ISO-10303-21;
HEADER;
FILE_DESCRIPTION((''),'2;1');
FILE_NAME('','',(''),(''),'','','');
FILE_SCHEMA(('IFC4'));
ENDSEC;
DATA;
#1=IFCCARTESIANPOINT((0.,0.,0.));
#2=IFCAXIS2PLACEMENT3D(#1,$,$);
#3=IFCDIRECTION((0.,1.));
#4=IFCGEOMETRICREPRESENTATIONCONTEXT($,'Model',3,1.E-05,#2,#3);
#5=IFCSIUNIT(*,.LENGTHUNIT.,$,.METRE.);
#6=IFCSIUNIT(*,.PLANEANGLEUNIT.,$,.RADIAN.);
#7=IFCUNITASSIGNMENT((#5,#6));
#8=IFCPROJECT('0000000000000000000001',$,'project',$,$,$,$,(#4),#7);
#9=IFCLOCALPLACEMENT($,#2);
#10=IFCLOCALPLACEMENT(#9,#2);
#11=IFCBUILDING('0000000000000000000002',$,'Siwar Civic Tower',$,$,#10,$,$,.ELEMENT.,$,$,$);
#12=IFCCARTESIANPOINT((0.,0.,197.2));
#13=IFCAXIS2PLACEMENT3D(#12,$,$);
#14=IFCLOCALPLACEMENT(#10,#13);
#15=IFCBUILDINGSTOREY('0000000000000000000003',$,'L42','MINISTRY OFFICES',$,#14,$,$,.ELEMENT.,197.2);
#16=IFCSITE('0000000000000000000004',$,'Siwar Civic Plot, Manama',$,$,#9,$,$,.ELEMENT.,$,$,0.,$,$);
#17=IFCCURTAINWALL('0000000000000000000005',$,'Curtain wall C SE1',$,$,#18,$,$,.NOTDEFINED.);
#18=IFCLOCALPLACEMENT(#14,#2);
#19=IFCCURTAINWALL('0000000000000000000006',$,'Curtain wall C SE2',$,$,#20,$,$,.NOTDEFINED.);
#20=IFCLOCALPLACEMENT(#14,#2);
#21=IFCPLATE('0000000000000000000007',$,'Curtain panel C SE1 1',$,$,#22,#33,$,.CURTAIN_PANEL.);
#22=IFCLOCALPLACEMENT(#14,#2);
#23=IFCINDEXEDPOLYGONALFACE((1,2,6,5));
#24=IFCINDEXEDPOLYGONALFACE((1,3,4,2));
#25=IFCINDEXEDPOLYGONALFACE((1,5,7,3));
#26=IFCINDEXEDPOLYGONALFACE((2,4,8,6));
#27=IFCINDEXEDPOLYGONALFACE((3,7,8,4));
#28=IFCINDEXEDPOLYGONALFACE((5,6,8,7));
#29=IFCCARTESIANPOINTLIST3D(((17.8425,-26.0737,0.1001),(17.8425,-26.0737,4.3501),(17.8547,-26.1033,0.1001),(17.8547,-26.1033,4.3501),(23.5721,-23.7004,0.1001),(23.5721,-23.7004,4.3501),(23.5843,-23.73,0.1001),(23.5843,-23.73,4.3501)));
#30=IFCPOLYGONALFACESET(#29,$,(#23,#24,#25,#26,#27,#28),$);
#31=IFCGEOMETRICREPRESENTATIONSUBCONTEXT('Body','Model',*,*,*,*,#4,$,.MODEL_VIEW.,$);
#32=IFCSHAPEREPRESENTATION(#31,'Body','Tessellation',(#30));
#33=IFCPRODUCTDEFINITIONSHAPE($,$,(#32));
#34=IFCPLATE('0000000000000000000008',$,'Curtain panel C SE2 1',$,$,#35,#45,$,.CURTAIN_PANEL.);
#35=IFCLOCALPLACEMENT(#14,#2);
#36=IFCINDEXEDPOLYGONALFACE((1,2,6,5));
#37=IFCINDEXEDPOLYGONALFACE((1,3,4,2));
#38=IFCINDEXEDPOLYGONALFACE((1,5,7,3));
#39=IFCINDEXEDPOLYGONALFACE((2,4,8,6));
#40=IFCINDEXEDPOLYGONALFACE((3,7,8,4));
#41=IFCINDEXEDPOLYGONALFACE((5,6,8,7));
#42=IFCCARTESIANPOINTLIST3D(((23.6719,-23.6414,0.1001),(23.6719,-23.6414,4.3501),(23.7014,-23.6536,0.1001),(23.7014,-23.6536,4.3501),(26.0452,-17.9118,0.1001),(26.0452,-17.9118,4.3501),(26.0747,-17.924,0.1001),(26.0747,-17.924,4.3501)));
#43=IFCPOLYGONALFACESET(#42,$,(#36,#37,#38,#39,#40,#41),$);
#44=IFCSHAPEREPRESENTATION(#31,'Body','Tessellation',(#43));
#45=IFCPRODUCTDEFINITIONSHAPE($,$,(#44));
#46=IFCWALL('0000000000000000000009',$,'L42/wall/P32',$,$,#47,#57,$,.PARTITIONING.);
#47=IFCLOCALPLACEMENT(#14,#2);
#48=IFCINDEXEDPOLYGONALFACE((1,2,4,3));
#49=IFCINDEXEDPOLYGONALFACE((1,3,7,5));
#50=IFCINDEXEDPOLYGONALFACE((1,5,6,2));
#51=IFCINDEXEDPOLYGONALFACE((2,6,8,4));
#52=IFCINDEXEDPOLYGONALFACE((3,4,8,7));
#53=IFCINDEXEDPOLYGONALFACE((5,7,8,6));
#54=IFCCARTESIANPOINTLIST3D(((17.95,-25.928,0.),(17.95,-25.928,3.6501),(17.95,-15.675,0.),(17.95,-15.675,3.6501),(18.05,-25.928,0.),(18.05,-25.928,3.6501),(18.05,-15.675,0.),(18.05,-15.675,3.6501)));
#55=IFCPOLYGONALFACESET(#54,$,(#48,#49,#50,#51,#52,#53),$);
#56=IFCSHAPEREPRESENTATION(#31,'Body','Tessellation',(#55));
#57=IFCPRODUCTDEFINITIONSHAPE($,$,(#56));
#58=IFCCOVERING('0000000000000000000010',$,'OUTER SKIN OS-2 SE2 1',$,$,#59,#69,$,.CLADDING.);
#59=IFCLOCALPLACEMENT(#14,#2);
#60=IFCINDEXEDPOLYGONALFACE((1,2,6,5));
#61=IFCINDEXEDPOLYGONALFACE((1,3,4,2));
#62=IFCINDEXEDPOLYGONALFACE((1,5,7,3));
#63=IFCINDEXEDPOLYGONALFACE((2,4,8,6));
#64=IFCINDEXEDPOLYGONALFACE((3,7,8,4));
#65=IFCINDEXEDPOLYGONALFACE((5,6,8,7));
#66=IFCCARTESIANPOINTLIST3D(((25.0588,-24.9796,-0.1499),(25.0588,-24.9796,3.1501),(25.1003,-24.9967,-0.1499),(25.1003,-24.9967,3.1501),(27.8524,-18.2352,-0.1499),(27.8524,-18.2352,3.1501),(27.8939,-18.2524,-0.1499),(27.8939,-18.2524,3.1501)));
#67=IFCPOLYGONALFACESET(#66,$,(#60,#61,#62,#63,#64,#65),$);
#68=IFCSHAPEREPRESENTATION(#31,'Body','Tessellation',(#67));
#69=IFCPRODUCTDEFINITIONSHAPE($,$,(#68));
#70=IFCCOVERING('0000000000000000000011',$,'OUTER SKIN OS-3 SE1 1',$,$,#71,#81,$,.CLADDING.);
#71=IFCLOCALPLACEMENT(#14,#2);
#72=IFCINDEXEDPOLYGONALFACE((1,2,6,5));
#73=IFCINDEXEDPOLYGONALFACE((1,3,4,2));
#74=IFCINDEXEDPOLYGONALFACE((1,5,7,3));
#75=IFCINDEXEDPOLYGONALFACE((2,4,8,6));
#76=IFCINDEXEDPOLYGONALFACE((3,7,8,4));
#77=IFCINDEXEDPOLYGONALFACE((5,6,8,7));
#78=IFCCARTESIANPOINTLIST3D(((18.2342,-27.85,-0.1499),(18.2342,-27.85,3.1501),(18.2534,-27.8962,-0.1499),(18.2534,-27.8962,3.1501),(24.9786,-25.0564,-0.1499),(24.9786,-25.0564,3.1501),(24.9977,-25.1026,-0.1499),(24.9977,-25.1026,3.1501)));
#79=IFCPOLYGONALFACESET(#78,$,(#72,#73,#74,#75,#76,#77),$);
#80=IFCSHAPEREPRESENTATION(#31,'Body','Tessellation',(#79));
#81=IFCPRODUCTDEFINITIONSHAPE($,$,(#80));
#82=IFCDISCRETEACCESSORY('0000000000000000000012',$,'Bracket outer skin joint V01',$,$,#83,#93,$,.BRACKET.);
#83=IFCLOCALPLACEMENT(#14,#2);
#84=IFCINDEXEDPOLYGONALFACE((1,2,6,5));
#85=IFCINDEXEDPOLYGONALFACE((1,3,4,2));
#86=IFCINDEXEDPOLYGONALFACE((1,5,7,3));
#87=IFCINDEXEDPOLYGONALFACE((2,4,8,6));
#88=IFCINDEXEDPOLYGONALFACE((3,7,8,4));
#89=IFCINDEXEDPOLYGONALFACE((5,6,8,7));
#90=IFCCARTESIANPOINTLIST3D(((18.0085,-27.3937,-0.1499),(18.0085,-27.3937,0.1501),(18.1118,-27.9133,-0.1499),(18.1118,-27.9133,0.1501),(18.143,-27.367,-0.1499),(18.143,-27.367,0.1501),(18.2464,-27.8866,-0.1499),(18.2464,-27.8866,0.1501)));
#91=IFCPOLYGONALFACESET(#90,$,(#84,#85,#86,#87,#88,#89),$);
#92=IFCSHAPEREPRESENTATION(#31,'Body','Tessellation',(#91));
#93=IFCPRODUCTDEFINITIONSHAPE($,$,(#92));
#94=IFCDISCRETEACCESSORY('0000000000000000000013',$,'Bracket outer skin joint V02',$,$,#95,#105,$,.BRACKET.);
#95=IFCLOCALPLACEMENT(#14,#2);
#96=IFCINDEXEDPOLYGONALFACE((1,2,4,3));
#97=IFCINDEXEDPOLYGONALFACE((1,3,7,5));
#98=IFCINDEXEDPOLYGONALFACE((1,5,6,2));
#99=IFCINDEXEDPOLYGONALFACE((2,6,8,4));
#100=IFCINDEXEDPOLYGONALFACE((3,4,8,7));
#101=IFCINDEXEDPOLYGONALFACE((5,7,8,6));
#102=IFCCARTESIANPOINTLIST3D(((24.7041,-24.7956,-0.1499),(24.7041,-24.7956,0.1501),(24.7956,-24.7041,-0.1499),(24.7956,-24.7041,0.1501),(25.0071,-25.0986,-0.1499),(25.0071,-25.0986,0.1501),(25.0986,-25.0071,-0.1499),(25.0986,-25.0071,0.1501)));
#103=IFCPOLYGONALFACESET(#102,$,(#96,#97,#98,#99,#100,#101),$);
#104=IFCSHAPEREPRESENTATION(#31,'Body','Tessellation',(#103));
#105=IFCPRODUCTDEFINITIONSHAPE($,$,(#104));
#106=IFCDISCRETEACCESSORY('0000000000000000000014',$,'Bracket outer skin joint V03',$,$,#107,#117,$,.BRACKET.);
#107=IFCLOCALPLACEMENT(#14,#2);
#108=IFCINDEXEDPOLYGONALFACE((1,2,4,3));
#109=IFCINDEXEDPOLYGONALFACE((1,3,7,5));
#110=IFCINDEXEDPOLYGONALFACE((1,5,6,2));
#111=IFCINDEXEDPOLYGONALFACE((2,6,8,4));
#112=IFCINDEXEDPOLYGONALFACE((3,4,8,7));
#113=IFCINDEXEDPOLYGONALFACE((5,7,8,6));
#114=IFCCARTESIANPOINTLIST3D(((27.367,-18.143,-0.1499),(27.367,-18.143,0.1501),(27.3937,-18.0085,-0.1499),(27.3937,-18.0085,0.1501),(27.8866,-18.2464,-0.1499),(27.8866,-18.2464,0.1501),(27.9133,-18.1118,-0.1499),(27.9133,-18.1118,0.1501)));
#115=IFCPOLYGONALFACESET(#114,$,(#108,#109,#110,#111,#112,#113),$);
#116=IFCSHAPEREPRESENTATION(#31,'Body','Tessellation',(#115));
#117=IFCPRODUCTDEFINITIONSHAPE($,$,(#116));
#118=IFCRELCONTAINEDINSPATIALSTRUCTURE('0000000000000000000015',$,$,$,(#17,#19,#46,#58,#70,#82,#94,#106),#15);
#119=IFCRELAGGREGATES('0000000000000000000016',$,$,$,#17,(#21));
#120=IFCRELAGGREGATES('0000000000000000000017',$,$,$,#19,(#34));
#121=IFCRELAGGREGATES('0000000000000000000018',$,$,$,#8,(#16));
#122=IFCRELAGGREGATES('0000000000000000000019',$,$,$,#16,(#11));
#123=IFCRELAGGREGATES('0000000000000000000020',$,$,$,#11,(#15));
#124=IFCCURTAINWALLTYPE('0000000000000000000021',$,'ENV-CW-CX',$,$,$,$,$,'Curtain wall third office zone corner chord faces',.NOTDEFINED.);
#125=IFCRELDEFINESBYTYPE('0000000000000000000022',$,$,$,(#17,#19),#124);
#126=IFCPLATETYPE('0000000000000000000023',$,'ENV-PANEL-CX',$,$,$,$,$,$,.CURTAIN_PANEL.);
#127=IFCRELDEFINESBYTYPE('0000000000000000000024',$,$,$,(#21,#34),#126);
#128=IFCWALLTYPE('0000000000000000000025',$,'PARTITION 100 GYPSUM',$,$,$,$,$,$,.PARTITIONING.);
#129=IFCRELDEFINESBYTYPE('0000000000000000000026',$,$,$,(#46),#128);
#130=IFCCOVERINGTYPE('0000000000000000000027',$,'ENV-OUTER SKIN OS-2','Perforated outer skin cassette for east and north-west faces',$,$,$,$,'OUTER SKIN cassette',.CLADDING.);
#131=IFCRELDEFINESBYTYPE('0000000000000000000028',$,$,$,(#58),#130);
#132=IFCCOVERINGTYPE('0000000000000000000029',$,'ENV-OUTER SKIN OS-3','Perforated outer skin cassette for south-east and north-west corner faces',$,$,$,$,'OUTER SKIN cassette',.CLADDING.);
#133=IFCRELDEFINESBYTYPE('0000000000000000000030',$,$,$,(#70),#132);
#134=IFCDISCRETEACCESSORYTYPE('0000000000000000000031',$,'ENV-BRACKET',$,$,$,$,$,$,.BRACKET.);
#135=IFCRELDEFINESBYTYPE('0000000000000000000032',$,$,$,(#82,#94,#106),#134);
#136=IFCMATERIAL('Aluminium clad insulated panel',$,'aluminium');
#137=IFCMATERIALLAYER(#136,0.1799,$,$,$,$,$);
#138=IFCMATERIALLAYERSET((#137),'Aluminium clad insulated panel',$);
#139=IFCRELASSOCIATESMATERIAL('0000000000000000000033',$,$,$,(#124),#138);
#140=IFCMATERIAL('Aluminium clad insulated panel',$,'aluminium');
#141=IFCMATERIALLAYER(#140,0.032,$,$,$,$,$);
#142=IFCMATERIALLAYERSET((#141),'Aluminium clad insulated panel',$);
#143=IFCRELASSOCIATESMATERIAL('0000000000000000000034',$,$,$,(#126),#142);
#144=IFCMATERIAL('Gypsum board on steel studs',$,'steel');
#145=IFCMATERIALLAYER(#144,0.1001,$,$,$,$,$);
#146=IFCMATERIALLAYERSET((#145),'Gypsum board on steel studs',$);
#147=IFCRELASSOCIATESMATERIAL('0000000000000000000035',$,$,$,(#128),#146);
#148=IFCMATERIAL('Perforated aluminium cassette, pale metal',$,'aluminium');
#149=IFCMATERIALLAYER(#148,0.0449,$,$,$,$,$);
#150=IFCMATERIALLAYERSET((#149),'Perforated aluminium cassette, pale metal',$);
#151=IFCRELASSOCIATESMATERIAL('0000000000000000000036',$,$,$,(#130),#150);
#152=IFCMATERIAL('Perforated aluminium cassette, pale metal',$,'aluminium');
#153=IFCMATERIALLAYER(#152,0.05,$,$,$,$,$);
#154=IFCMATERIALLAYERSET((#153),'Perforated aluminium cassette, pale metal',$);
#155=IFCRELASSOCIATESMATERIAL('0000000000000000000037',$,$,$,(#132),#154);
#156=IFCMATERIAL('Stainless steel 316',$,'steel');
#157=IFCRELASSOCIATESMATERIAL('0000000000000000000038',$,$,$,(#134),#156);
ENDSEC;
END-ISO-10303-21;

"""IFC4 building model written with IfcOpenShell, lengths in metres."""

from ifc_helpers import new_model, si_unit, direction, frame, frame_2d, origin, origin_2d, place, context, subcontext, project, spatial, rectangle, extrude, material, layer, layer_set, type_object, element, aggregate, save


model = new_model("IFC4")

# Units and contexts
model_context = context("Model", 3, precision=1e-05, world=origin(), true_north=direction((0.0, 1.0)))
body_context = subcontext(model_context, "Body", "Model", "MODEL_VIEW")
ifc_project = project(units=[si_unit("LENGTHUNIT", "METRE"), si_unit("PLANEANGLEUNIT", "RADIAN")], contexts=[model_context])

# Site, building, storey
site_placement = place(None, origin())
site = spatial("IfcSite", under=ifc_project, at=site_placement, Name="Siwar Civic Plot, Manama", CompositionType="ELEMENT", RefElevation=0.0)
building_placement = place(site_placement, origin())
building = spatial("IfcBuilding", under=site, at=building_placement, Name="Siwar Civic Tower", CompositionType="ELEMENT")
storey_placement = place(building_placement, frame((0.0, 0.0, 197.2)))
storey = spatial("IfcBuildingStorey", under=building, at=storey_placement, Name="L42", Description="MINISTRY OFFICES", CompositionType="ELEMENT", Elevation=197.2)

# Curtain walls
ifc_material_1 = material(Name="Aluminium clad insulated panel", Category="aluminium")
ifc_layer_1 = layer(ifc_material_1, 0.1799)
ifc_layer_set_1 = layer_set([ifc_layer_1], Name="Aluminium clad insulated panel")
curtain_wall_type = type_object("IfcCurtainWallType", Name="ENV-CW-CX", ElementType="Curtain wall third office zone corner chord faces", PredefinedType="NOTDEFINED", material=ifc_layer_set_1)
curtain_wall_1_placement = place(storey_placement, origin())
curtain_wall_1 = element("IfcCurtainWall", 1, at=curtain_wall_1_placement, inside=storey, type_object=curtain_wall_type, Name="Curtain wall C SE1", PredefinedType="NOTDEFINED")
curtain_wall_2_placement = place(storey_placement, origin())
curtain_wall_2 = element("IfcCurtainWall", 2, at=curtain_wall_2_placement, inside=storey, type_object=curtain_wall_type, Name="Curtain wall C SE2", PredefinedType="NOTDEFINED")

# Plates
ifc_material_2 = material(Name="Aluminium clad insulated panel", Category="aluminium")
ifc_layer_2 = layer(ifc_material_2, 0.032)
ifc_layer_set_2 = layer_set([ifc_layer_2], Name="Aluminium clad insulated panel")
plate_type = type_object("IfcPlateType", Name="ENV-PANEL-CX", PredefinedType="CURTAIN_PANEL", material=ifc_layer_set_2)
plate_1_placement = place(storey_placement, frame((20.7134, -24.9019, 0.1001), z_axis=(0.0, 0.0, 1.0), x_axis=(0.92388, 0.382683, 0.0)))
plate_1 = element("IfcPlate", 3, at=plate_1_placement, type_object=plate_type, Name="Curtain panel C SE1 1", PredefinedType="CURTAIN_PANEL", context=body_context, shape_type="SweptSolid", body=[
    extrude(rectangle(XDim=6.2017, YDim=0.032, at=origin_2d()), origin(), (0.0, 0.0, 1.0), 4.25),
])
aggregate(curtain_wall_1, [plate_1])
plate_2_placement = place(storey_placement, frame((24.8733, -20.7827, 0.1001), z_axis=(0.0, 0.0, 1.0), x_axis=(0.382683, 0.92388, 0.0)))
plate_2 = element("IfcPlate", 4, at=plate_2_placement, type_object=plate_type, Name="Curtain panel C SE2 1", PredefinedType="CURTAIN_PANEL", context=body_context, shape_type="SweptSolid", body=[
    extrude(rectangle(XDim=6.2017, YDim=0.032, at=origin_2d()), origin(), (0.0, 0.0, 1.0), 4.25),
])
aggregate(curtain_wall_2, [plate_2])

# Wall
ifc_material_3 = material(Name="Gypsum board on steel studs", Category="steel")
ifc_layer_3 = layer(ifc_material_3, 0.1001)
ifc_layer_set_3 = layer_set([ifc_layer_3], Name="Gypsum board on steel studs")
wall_type = type_object("IfcWallType", Name="PARTITION 100 GYPSUM", PredefinedType="PARTITIONING", material=ifc_layer_set_3)
wall_placement = place(storey_placement, frame((18.0, -25.928, 0.0), z_axis=(0.0, 0.0, 1.0), x_axis=(0.0, 1.0, 0.0)))
element("IfcWall", 5, at=wall_placement, inside=storey, type_object=wall_type, Name="L42/wall/P32", PredefinedType="PARTITIONING", context=body_context, shape_type="SweptSolid", body=[
    extrude(rectangle(XDim=10.2529, YDim=0.1001, at=frame_2d((5.1265, 0.0))), origin(), (0.0, 0.0, 1.0), 3.6501),
])

# Coverings
ifc_material_4 = material(Name="Perforated aluminium cassette, pale metal", Category="aluminium")
ifc_layer_4 = layer(ifc_material_4, 0.0449)
ifc_layer_set_4 = layer_set([ifc_layer_4], Name="Perforated aluminium cassette, pale metal")
covering_type_1 = type_object("IfcCoveringType", Name="ENV-OUTER SKIN OS-2", Description="Perforated outer skin cassette for east and north-west faces", ElementType="OUTER SKIN cassette", PredefinedType="CLADDING", material=ifc_layer_set_4)
covering_1_placement = place(storey_placement, frame((26.4763, -21.616, -0.1499), z_axis=(0.0, 0.0, 1.0), x_axis=(0.382683, 0.92388, 0.0)))
element("IfcCovering", 6, at=covering_1_placement, inside=storey, type_object=covering_type_1, Name="OUTER SKIN OS-2 SE2 1", PredefinedType="CLADDING", context=body_context, shape_type="SweptSolid", body=[
    extrude(rectangle(XDim=7.3, YDim=0.0449, at=origin_2d()), origin(), (0.0, 0.0, 1.0), 3.3),
])
ifc_material_5 = material(Name="Perforated aluminium cassette, pale metal", Category="aluminium")
ifc_layer_5 = layer(ifc_material_5, 0.05)
ifc_layer_set_5 = layer_set([ifc_layer_5], Name="Perforated aluminium cassette, pale metal")
covering_type_2 = type_object("IfcCoveringType", Name="ENV-OUTER SKIN OS-3", Description="Perforated outer skin cassette for south-east and north-west corner faces", ElementType="OUTER SKIN cassette", PredefinedType="CLADDING", material=ifc_layer_set_5)
covering_2_placement = place(storey_placement, frame((21.616, -26.4763, -0.1499), z_axis=(0.0, 0.0, 1.0), x_axis=(0.92388, 0.382683, 0.0)))
element("IfcCovering", 7, at=covering_2_placement, inside=storey, type_object=covering_type_2, Name="OUTER SKIN OS-3 SE1 1", PredefinedType="CLADDING", context=body_context, shape_type="SweptSolid", body=[
    extrude(rectangle(XDim=7.3, YDim=0.05, at=origin_2d()), origin(), (0.0, 0.0, 1.0), 3.3),
])

# Discrete accessories
ifc_material_6 = material(Name="Stainless steel 316", Category="steel")
discrete_accessory_type = type_object("IfcDiscreteAccessoryType", Name="ENV-BRACKET", PredefinedType="BRACKET", material=ifc_material_6)
discrete_accessory_1_placement = place(storey_placement, frame((18.1274, -27.6401, -0.1499), z_axis=(0.0, 0.0, 1.0), x_axis=(0.19509, -0.980785, 0.0)))
element("IfcDiscreteAccessory", 8, at=discrete_accessory_1_placement, inside=storey, type_object=discrete_accessory_type, Name="Bracket outer skin joint V01", PredefinedType="BRACKET", context=body_context, shape_type="SweptSolid", body=[
    extrude(rectangle(XDim=0.5298, YDim=0.1372, at=origin_2d()), origin(), (0.0, 0.0, 1.0), 0.3),
])
discrete_accessory_2_placement = place(storey_placement, frame((24.9014, -24.9014, -0.1499), z_axis=(0.0, 0.0, 1.0), x_axis=(0.707107, -0.707107, 0.0)))
element("IfcDiscreteAccessory", 9, at=discrete_accessory_2_placement, inside=storey, type_object=discrete_accessory_type, Name="Bracket outer skin joint V02", PredefinedType="BRACKET", context=body_context, shape_type="SweptSolid", body=[
    extrude(rectangle(XDim=0.4285, YDim=0.1294, at=origin_2d()), origin(), (0.0, 0.0, 1.0), 0.3),
])
discrete_accessory_3_placement = place(storey_placement, frame((27.6401, -18.1274, -0.1499), z_axis=(0.0, 0.0, 1.0), x_axis=(0.980785, -0.19509, 0.0)))
element("IfcDiscreteAccessory", 10, at=discrete_accessory_3_placement, inside=storey, type_object=discrete_accessory_type, Name="Bracket outer skin joint V03", PredefinedType="BRACKET", context=body_context, shape_type="SweptSolid", body=[
    extrude(rectangle(XDim=0.5298, YDim=0.1372, at=origin_2d()), origin(), (0.0, 0.0, 1.0), 0.3),
])

save(model, "model.ifc")
